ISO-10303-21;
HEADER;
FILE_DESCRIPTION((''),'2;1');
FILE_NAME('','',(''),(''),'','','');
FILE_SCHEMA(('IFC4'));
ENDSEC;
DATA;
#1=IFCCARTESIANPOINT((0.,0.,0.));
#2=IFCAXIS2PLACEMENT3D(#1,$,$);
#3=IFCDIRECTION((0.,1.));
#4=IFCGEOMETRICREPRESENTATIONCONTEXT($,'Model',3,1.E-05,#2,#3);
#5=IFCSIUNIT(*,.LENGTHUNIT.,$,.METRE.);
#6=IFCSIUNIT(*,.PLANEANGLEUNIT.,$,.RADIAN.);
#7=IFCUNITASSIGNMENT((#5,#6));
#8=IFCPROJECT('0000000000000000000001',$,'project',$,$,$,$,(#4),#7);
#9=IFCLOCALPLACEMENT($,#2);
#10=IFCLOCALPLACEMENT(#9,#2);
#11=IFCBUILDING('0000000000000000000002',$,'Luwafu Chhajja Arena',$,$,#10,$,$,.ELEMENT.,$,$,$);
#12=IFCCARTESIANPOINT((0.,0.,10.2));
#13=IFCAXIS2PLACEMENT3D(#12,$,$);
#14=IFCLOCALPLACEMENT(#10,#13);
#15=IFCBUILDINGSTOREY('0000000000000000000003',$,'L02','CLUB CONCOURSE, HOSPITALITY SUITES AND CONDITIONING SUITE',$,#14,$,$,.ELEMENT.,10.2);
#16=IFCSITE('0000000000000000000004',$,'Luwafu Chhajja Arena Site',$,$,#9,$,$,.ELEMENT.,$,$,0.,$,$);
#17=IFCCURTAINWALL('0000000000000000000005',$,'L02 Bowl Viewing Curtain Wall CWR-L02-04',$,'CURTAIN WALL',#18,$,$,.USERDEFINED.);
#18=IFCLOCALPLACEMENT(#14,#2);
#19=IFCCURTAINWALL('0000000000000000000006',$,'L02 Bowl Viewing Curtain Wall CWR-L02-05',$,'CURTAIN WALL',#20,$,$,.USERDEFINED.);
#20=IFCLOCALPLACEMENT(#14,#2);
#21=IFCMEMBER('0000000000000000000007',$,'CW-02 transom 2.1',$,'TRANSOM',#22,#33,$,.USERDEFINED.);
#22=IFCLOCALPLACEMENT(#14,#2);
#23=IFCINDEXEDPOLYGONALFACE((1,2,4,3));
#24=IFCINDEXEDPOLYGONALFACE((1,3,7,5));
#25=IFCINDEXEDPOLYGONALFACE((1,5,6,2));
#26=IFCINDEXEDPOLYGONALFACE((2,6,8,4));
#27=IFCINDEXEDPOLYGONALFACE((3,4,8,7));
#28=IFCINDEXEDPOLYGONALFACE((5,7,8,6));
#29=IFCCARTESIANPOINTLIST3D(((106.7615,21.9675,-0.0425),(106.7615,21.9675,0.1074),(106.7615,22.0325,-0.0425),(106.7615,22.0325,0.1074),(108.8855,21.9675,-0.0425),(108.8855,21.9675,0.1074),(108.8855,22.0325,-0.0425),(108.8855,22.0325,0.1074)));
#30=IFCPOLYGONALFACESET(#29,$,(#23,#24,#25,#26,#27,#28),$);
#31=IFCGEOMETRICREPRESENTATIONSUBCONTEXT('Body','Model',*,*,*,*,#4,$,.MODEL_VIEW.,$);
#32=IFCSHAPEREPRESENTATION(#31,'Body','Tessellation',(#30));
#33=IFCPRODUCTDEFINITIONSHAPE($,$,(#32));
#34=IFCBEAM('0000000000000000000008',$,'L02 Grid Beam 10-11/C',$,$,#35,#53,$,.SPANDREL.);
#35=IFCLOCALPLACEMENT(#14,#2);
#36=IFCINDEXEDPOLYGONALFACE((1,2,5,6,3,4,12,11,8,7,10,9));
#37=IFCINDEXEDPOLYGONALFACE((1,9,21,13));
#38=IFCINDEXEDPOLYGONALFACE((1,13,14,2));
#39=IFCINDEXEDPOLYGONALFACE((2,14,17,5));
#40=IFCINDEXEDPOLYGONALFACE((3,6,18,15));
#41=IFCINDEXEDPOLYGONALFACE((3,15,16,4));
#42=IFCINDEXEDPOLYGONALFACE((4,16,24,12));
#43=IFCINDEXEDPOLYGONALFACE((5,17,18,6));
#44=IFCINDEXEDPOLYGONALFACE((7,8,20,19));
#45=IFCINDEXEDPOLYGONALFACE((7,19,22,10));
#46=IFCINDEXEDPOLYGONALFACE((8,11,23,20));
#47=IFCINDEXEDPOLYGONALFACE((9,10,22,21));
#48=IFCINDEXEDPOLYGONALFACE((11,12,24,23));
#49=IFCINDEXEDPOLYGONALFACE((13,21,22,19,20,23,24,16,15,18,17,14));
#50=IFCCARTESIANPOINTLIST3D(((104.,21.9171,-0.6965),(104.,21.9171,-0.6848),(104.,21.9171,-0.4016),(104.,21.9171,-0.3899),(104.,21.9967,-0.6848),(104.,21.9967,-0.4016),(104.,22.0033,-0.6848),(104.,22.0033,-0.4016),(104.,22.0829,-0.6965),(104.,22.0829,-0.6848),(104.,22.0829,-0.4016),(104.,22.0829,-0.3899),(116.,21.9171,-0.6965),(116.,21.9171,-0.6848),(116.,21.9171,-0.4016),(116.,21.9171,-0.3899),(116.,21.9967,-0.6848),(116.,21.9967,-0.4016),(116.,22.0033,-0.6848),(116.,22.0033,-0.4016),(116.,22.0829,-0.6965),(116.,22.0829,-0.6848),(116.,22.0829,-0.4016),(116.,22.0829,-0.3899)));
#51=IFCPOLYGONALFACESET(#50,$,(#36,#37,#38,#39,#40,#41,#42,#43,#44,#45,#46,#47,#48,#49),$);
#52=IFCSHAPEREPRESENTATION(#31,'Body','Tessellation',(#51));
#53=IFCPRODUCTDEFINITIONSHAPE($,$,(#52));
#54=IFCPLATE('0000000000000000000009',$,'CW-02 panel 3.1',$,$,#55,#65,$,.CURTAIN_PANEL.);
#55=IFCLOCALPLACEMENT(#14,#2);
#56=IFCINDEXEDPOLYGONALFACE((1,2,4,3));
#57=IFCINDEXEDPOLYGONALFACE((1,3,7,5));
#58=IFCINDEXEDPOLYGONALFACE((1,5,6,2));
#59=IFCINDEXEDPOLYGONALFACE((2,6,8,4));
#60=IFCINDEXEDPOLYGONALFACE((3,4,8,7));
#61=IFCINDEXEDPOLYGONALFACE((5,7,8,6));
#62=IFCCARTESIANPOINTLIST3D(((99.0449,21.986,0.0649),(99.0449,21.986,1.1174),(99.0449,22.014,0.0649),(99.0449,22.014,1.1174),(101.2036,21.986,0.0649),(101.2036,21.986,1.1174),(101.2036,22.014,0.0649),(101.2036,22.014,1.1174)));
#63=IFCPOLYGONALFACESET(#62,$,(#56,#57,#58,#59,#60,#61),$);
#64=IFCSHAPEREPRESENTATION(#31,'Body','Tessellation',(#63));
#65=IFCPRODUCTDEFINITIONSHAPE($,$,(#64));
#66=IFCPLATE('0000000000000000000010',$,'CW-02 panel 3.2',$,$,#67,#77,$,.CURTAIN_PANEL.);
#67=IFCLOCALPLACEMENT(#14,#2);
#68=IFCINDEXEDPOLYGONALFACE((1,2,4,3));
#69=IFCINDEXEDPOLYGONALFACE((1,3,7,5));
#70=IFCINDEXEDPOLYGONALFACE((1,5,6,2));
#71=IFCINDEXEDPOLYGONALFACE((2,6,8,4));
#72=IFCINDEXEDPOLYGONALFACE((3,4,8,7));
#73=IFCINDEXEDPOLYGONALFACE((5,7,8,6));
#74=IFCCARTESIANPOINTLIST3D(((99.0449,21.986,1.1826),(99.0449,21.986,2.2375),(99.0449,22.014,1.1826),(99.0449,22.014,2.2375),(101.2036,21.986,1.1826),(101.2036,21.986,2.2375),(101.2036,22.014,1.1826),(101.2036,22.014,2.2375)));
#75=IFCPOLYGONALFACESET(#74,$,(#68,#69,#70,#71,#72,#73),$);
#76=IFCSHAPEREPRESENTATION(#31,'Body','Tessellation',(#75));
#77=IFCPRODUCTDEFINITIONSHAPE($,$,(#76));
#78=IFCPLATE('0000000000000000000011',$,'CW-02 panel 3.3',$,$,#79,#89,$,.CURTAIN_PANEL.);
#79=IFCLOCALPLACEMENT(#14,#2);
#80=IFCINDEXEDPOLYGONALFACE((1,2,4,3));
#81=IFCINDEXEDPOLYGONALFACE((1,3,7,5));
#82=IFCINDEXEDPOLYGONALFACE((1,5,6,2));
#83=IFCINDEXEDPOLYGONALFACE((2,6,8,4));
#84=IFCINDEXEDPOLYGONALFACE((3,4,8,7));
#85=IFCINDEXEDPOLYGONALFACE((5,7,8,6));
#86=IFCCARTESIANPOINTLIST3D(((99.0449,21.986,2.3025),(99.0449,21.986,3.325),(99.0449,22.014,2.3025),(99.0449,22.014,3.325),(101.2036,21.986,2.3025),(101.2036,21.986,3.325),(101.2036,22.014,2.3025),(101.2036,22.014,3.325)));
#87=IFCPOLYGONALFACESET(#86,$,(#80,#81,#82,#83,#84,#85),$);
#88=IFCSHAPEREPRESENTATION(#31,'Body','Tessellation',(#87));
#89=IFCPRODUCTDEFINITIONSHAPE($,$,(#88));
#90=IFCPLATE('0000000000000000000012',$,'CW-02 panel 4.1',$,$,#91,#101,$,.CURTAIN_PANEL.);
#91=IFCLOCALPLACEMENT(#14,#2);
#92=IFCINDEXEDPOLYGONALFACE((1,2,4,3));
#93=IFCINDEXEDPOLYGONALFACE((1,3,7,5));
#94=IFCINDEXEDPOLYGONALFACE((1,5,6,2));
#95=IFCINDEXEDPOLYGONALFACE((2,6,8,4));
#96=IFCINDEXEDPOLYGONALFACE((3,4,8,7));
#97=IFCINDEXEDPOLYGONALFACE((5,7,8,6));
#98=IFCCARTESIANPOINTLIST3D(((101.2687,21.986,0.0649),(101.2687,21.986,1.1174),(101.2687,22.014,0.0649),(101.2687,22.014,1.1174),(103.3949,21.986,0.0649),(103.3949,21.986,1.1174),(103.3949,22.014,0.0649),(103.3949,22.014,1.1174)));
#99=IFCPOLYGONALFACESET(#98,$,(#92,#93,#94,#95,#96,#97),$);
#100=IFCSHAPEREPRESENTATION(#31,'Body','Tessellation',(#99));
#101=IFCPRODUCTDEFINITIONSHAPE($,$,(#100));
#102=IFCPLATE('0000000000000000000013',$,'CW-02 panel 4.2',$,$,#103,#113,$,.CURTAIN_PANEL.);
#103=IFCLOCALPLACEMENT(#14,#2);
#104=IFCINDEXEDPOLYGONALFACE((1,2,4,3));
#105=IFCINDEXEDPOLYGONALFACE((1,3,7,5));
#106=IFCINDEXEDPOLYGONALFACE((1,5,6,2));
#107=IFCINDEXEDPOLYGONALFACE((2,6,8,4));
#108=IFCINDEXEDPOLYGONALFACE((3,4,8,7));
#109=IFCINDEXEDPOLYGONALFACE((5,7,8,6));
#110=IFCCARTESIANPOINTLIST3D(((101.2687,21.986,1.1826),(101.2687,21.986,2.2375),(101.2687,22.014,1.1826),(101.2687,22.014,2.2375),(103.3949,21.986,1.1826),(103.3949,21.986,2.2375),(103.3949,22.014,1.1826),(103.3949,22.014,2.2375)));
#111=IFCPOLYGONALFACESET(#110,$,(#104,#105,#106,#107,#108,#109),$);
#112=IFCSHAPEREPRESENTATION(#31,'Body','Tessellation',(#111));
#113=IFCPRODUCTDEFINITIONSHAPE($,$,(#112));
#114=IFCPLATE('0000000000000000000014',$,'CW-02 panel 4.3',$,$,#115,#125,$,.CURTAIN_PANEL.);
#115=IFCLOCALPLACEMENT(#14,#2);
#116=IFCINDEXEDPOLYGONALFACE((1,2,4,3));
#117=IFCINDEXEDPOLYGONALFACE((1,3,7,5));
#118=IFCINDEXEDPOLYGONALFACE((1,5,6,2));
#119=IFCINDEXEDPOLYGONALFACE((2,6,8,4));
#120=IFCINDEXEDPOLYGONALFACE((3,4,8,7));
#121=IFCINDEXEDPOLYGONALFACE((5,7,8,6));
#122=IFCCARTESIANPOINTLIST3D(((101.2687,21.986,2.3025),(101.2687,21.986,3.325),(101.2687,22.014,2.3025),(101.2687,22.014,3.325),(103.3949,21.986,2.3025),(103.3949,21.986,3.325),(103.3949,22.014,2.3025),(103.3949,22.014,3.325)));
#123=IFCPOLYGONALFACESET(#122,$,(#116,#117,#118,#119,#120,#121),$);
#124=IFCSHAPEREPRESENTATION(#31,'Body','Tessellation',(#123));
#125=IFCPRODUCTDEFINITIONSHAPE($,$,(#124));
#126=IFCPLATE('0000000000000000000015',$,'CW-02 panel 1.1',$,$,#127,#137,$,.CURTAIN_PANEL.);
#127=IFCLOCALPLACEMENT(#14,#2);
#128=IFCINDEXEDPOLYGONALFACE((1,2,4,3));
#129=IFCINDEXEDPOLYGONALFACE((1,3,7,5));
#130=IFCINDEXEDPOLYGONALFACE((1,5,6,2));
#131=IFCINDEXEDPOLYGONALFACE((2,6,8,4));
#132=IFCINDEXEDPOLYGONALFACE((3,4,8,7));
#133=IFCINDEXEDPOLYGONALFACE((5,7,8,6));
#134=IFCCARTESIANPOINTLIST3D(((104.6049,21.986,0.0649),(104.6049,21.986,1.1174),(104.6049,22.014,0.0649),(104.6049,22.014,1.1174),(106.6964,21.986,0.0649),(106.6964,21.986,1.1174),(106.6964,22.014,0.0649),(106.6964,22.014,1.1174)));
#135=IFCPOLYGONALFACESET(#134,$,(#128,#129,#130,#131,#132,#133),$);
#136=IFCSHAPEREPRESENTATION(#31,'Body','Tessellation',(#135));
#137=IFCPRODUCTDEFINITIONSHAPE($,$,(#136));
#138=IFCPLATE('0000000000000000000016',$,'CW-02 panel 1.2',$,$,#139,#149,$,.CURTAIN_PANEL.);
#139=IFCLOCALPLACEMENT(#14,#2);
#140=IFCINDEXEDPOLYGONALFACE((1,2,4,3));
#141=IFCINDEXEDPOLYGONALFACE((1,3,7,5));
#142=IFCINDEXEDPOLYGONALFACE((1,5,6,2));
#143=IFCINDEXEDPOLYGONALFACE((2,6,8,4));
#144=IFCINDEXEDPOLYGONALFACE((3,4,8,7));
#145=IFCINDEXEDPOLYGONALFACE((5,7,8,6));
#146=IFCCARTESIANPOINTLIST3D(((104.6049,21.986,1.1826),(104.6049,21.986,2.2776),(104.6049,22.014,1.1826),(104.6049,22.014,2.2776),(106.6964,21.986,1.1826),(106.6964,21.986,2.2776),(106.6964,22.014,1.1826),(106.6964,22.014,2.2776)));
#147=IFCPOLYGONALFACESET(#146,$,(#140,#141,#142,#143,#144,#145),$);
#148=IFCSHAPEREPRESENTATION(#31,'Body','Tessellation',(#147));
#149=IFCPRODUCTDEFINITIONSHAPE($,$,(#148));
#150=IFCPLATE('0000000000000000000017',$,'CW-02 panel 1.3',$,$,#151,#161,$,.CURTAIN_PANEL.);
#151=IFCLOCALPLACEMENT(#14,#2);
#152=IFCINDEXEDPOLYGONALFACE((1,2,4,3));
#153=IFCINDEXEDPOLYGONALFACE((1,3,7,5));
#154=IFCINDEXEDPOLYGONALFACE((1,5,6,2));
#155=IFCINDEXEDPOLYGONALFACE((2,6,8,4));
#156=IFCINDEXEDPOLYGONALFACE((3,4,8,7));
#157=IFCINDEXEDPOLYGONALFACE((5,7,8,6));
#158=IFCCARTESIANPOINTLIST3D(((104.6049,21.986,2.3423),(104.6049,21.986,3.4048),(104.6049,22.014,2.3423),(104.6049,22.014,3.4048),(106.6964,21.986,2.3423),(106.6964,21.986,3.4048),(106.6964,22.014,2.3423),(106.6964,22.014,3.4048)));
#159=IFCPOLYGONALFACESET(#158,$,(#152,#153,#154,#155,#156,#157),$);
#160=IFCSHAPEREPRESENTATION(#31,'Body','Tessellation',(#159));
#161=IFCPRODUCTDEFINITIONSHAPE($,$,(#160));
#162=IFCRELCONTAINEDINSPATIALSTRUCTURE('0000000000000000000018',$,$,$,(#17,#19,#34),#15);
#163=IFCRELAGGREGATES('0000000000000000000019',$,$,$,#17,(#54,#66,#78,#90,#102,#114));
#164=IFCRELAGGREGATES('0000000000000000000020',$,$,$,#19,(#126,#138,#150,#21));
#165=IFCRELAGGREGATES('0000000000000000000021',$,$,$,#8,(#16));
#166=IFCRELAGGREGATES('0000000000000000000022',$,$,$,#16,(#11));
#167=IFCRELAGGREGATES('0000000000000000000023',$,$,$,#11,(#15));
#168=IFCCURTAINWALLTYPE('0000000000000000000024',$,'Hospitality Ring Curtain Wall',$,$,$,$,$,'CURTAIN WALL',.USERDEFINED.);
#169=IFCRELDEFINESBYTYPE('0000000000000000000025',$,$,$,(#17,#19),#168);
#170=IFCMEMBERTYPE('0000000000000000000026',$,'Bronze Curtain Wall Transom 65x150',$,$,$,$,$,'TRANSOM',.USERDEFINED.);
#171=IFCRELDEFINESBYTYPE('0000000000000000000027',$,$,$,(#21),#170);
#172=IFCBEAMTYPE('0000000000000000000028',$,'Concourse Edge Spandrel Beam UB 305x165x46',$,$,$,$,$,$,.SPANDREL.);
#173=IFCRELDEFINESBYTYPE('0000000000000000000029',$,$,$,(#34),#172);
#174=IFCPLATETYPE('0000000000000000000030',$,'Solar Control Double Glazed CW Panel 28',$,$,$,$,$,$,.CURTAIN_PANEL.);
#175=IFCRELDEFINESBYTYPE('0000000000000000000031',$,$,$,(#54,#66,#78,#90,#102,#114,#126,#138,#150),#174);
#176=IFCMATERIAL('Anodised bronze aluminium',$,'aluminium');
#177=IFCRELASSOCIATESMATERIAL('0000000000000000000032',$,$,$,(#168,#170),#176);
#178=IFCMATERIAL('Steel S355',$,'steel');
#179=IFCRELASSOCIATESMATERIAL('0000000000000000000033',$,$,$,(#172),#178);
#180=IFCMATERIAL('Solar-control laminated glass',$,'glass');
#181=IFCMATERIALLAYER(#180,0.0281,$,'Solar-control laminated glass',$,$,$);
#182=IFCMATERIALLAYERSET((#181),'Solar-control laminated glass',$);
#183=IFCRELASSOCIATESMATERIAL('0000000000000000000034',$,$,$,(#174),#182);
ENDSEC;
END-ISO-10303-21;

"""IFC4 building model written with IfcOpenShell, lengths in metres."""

from ifc_helpers import new_model, si_unit, direction, frame, origin, origin_2d, place, context, subcontext, project, spatial, rectangle, i_section, extrude, material, layer, layer_set, material_profile, profile_set, type_object, element, aggregate, save


model = new_model("IFC4")

# Units and contexts
model_context = context("Model", 3, precision=1e-05, world=origin(), true_north=direction((0.0, 1.0)))
body_context = subcontext(model_context, "Body", "Model", "MODEL_VIEW")
ifc_project = project(units=[si_unit("LENGTHUNIT", "METRE"), si_unit("PLANEANGLEUNIT", "RADIAN")], contexts=[model_context])

# Site, building, storey
site_placement = place(None, origin())
site = spatial("IfcSite", under=ifc_project, at=site_placement, Name="Luwafu Chhajja Arena Site", CompositionType="ELEMENT", RefElevation=0.0)
building_placement = place(site_placement, origin())
building = spatial("IfcBuilding", under=site, at=building_placement, Name="Luwafu Chhajja Arena", CompositionType="ELEMENT")
storey_placement = place(building_placement, frame((0.0, 0.0, 10.2)))
storey = spatial("IfcBuildingStorey", under=building, at=storey_placement, Name="L02", Description="CLUB CONCOURSE, HOSPITALITY SUITES AND CONDITIONING SUITE", CompositionType="ELEMENT", Elevation=10.2)

# Curtain walls
ifc_material_1 = material(Name="Anodised bronze aluminium", Category="aluminium")
curtain_wall_type = type_object("IfcCurtainWallType", Name="Hospitality Ring Curtain Wall", ElementType="CURTAIN WALL", PredefinedType="USERDEFINED", material=ifc_material_1)
curtain_wall_1_placement = place(storey_placement, origin())
curtain_wall_1 = element("IfcCurtainWall", 1, at=curtain_wall_1_placement, inside=storey, type_object=curtain_wall_type, Name="L02 Bowl Viewing Curtain Wall CWR-L02-04", ObjectType="CURTAIN WALL", PredefinedType="USERDEFINED")
curtain_wall_2_placement = place(storey_placement, origin())
curtain_wall_2 = element("IfcCurtainWall", 2, at=curtain_wall_2_placement, inside=storey, type_object=curtain_wall_type, Name="L02 Bowl Viewing Curtain Wall CWR-L02-05", ObjectType="CURTAIN WALL", PredefinedType="USERDEFINED")

# Member
ifc_material_profile_1 = material_profile(ifc_material_1, rectangle(XDim=0.0649, YDim=0.1499, at=origin_2d()), Name="CWT 65x150")
ifc_profile_set_1 = profile_set([ifc_material_profile_1], Name="Anodised bronze aluminium")
member_type_1 = type_object("IfcMemberType", Name="Bronze Curtain Wall Transom 65x150", ElementType="TRANSOM", PredefinedType="USERDEFINED", material=ifc_profile_set_1)
member_1_placement = place(storey_placement, frame((106.7615, 22.0, 0.0325), z_axis=(1.0, 0.0, 0.0), x_axis=(0.0, 1.0, 0.0)))
member_1 = element("IfcMember", 3, at=member_1_placement, type_object=member_type_1, Name="CW-02 transom 2.1", ObjectType="TRANSOM", PredefinedType="USERDEFINED", context=body_context, shape_type="SweptSolid", body=[
    extrude(rectangle(XDim=0.0649, YDim=0.1499, at=origin_2d()), origin(), (0.0, 0.0, 1.0), 2.124),
])

# Beam
ifc_material_2 = material(Name="Steel S355", Category="steel")
ifc_material_profile_2 = material_profile(ifc_material_2, i_section(OverallWidth=0.1658, OverallDepth=0.3066, WebThickness=0.0066, FlangeThickness=0.0117, at=origin_2d()), Name="UB 305x165x46")
ifc_profile_set_2 = profile_set([ifc_material_profile_2], Name="Steel S355")
beam_type = type_object("IfcBeamType", Name="Concourse Edge Spandrel Beam UB 305x165x46", PredefinedType="SPANDREL", material=ifc_profile_set_2)
beam_placement = place(storey_placement, frame((104.0, 22.0, -0.5432), z_axis=(1.0, 0.0, 0.0), x_axis=(0.0, 1.0, 0.0)))
element("IfcBeam", 4, at=beam_placement, inside=storey, type_object=beam_type, Name="L02 Grid Beam 10-11/C", PredefinedType="SPANDREL", context=body_context, shape_type="SweptSolid", body=[
    extrude(i_section(OverallWidth=0.1658, OverallDepth=0.3066, WebThickness=0.0066, FlangeThickness=0.0117, at=origin_2d()), origin(), (0.0, 0.0, 1.0), 12.0),
])

# Plates
ifc_material_3 = material(Name="Solar-control laminated glass", Category="glass")
ifc_layer = layer(ifc_material_3, 0.0281, Name="Solar-control laminated glass")
ifc_layer_set = layer_set([ifc_layer], Name="Solar-control laminated glass")
plate_type = type_object("IfcPlateType", Name="Solar Control Double Glazed CW Panel 28", PredefinedType="CURTAIN_PANEL", material=ifc_layer_set)
plate_1_placement = place(storey_placement, frame((100.1243, 22.0, 0.0649), z_axis=(0.0, 0.0, 1.0), x_axis=(1.0, 0.0, 0.0)))
plate_1 = element("IfcPlate", 5, at=plate_1_placement, type_object=plate_type, Name="CW-02 panel 3.1", PredefinedType="CURTAIN_PANEL", context=body_context, shape_type="SweptSolid", body=[
    extrude(rectangle(XDim=2.1587, YDim=0.0281, at=origin_2d()), origin(), (0.0, 0.0, 1.0), 1.0525),
])
plate_2_placement = place(storey_placement, frame((100.1243, 22.0, 1.1826), z_axis=(0.0, 0.0, 1.0), x_axis=(1.0, 0.0, 0.0)))
plate_2 = element("IfcPlate", 6, at=plate_2_placement, type_object=plate_type, Name="CW-02 panel 3.2", PredefinedType="CURTAIN_PANEL", context=body_context, shape_type="SweptSolid", body=[
    extrude(rectangle(XDim=2.1587, YDim=0.0281, at=origin_2d()), origin(), (0.0, 0.0, 1.0), 1.0549),
])
plate_3_placement = place(storey_placement, frame((100.1243, 22.0, 2.3025), z_axis=(0.0, 0.0, 1.0), x_axis=(1.0, 0.0, 0.0)))
plate_3 = element("IfcPlate", 7, at=plate_3_placement, type_object=plate_type, Name="CW-02 panel 3.3", PredefinedType="CURTAIN_PANEL", context=body_context, shape_type="SweptSolid", body=[
    extrude(rectangle(XDim=2.1587, YDim=0.0281, at=origin_2d()), origin(), (0.0, 0.0, 1.0), 1.0225),
])
plate_4_placement = place(storey_placement, frame((102.3318, 22.0, 0.0649), z_axis=(0.0, 0.0, 1.0), x_axis=(1.0, 0.0, 0.0)))
plate_4 = element("IfcPlate", 8, at=plate_4_placement, type_object=plate_type, Name="CW-02 panel 4.1", PredefinedType="CURTAIN_PANEL", context=body_context, shape_type="SweptSolid", body=[
    extrude(rectangle(XDim=2.1262, YDim=0.0281, at=origin_2d()), origin(), (0.0, 0.0, 1.0), 1.0525),
])
plate_5_placement = place(storey_placement, frame((102.3318, 22.0, 1.1826), z_axis=(0.0, 0.0, 1.0), x_axis=(1.0, 0.0, 0.0)))
plate_5 = element("IfcPlate", 9, at=plate_5_placement, type_object=plate_type, Name="CW-02 panel 4.2", PredefinedType="CURTAIN_PANEL", context=body_context, shape_type="SweptSolid", body=[
    extrude(rectangle(XDim=2.1262, YDim=0.0281, at=origin_2d()), origin(), (0.0, 0.0, 1.0), 1.0549),
])
plate_6_placement = place(storey_placement, frame((102.3318, 22.0, 2.3025), z_axis=(0.0, 0.0, 1.0), x_axis=(1.0, 0.0, 0.0)))
plate_6 = element("IfcPlate", 10, at=plate_6_placement, type_object=plate_type, Name="CW-02 panel 4.3", PredefinedType="CURTAIN_PANEL", context=body_context, shape_type="SweptSolid", body=[
    extrude(rectangle(XDim=2.1262, YDim=0.0281, at=origin_2d()), origin(), (0.0, 0.0, 1.0), 1.0225),
])
aggregate(curtain_wall_1, [plate_1, plate_2, plate_3, plate_4, plate_5, plate_6])
plate_7_placement = place(storey_placement, frame((105.6506, 22.0, 0.0649), z_axis=(0.0, 0.0, 1.0), x_axis=(1.0, 0.0, 0.0)))
plate_7 = element("IfcPlate", 11, at=plate_7_placement, type_object=plate_type, Name="CW-02 panel 1.1", PredefinedType="CURTAIN_PANEL", context=body_context, shape_type="SweptSolid", body=[
    extrude(rectangle(XDim=2.0916, YDim=0.0281, at=origin_2d()), origin(), (0.0, 0.0, 1.0), 1.0525),
])
plate_8_placement = place(storey_placement, frame((105.6506, 22.0, 1.1826), z_axis=(0.0, 0.0, 1.0), x_axis=(1.0, 0.0, 0.0)))
plate_8 = element("IfcPlate", 12, at=plate_8_placement, type_object=plate_type, Name="CW-02 panel 1.2", PredefinedType="CURTAIN_PANEL", context=body_context, shape_type="SweptSolid", body=[
    extrude(rectangle(XDim=2.0916, YDim=0.0281, at=origin_2d()), origin(), (0.0, 0.0, 1.0), 1.095),
])
plate_9_placement = place(storey_placement, frame((105.6506, 22.0, 2.3423), z_axis=(0.0, 0.0, 1.0), x_axis=(1.0, 0.0, 0.0)))
plate_9 = element("IfcPlate", 13, at=plate_9_placement, type_object=plate_type, Name="CW-02 panel 1.3", PredefinedType="CURTAIN_PANEL", context=body_context, shape_type="SweptSolid", body=[
    extrude(rectangle(XDim=2.0916, YDim=0.0281, at=origin_2d()), origin(), (0.0, 0.0, 1.0), 1.0625),
])
aggregate(curtain_wall_2, [plate_7, plate_8, plate_9, member_1])

save(model, "model.ifc")
